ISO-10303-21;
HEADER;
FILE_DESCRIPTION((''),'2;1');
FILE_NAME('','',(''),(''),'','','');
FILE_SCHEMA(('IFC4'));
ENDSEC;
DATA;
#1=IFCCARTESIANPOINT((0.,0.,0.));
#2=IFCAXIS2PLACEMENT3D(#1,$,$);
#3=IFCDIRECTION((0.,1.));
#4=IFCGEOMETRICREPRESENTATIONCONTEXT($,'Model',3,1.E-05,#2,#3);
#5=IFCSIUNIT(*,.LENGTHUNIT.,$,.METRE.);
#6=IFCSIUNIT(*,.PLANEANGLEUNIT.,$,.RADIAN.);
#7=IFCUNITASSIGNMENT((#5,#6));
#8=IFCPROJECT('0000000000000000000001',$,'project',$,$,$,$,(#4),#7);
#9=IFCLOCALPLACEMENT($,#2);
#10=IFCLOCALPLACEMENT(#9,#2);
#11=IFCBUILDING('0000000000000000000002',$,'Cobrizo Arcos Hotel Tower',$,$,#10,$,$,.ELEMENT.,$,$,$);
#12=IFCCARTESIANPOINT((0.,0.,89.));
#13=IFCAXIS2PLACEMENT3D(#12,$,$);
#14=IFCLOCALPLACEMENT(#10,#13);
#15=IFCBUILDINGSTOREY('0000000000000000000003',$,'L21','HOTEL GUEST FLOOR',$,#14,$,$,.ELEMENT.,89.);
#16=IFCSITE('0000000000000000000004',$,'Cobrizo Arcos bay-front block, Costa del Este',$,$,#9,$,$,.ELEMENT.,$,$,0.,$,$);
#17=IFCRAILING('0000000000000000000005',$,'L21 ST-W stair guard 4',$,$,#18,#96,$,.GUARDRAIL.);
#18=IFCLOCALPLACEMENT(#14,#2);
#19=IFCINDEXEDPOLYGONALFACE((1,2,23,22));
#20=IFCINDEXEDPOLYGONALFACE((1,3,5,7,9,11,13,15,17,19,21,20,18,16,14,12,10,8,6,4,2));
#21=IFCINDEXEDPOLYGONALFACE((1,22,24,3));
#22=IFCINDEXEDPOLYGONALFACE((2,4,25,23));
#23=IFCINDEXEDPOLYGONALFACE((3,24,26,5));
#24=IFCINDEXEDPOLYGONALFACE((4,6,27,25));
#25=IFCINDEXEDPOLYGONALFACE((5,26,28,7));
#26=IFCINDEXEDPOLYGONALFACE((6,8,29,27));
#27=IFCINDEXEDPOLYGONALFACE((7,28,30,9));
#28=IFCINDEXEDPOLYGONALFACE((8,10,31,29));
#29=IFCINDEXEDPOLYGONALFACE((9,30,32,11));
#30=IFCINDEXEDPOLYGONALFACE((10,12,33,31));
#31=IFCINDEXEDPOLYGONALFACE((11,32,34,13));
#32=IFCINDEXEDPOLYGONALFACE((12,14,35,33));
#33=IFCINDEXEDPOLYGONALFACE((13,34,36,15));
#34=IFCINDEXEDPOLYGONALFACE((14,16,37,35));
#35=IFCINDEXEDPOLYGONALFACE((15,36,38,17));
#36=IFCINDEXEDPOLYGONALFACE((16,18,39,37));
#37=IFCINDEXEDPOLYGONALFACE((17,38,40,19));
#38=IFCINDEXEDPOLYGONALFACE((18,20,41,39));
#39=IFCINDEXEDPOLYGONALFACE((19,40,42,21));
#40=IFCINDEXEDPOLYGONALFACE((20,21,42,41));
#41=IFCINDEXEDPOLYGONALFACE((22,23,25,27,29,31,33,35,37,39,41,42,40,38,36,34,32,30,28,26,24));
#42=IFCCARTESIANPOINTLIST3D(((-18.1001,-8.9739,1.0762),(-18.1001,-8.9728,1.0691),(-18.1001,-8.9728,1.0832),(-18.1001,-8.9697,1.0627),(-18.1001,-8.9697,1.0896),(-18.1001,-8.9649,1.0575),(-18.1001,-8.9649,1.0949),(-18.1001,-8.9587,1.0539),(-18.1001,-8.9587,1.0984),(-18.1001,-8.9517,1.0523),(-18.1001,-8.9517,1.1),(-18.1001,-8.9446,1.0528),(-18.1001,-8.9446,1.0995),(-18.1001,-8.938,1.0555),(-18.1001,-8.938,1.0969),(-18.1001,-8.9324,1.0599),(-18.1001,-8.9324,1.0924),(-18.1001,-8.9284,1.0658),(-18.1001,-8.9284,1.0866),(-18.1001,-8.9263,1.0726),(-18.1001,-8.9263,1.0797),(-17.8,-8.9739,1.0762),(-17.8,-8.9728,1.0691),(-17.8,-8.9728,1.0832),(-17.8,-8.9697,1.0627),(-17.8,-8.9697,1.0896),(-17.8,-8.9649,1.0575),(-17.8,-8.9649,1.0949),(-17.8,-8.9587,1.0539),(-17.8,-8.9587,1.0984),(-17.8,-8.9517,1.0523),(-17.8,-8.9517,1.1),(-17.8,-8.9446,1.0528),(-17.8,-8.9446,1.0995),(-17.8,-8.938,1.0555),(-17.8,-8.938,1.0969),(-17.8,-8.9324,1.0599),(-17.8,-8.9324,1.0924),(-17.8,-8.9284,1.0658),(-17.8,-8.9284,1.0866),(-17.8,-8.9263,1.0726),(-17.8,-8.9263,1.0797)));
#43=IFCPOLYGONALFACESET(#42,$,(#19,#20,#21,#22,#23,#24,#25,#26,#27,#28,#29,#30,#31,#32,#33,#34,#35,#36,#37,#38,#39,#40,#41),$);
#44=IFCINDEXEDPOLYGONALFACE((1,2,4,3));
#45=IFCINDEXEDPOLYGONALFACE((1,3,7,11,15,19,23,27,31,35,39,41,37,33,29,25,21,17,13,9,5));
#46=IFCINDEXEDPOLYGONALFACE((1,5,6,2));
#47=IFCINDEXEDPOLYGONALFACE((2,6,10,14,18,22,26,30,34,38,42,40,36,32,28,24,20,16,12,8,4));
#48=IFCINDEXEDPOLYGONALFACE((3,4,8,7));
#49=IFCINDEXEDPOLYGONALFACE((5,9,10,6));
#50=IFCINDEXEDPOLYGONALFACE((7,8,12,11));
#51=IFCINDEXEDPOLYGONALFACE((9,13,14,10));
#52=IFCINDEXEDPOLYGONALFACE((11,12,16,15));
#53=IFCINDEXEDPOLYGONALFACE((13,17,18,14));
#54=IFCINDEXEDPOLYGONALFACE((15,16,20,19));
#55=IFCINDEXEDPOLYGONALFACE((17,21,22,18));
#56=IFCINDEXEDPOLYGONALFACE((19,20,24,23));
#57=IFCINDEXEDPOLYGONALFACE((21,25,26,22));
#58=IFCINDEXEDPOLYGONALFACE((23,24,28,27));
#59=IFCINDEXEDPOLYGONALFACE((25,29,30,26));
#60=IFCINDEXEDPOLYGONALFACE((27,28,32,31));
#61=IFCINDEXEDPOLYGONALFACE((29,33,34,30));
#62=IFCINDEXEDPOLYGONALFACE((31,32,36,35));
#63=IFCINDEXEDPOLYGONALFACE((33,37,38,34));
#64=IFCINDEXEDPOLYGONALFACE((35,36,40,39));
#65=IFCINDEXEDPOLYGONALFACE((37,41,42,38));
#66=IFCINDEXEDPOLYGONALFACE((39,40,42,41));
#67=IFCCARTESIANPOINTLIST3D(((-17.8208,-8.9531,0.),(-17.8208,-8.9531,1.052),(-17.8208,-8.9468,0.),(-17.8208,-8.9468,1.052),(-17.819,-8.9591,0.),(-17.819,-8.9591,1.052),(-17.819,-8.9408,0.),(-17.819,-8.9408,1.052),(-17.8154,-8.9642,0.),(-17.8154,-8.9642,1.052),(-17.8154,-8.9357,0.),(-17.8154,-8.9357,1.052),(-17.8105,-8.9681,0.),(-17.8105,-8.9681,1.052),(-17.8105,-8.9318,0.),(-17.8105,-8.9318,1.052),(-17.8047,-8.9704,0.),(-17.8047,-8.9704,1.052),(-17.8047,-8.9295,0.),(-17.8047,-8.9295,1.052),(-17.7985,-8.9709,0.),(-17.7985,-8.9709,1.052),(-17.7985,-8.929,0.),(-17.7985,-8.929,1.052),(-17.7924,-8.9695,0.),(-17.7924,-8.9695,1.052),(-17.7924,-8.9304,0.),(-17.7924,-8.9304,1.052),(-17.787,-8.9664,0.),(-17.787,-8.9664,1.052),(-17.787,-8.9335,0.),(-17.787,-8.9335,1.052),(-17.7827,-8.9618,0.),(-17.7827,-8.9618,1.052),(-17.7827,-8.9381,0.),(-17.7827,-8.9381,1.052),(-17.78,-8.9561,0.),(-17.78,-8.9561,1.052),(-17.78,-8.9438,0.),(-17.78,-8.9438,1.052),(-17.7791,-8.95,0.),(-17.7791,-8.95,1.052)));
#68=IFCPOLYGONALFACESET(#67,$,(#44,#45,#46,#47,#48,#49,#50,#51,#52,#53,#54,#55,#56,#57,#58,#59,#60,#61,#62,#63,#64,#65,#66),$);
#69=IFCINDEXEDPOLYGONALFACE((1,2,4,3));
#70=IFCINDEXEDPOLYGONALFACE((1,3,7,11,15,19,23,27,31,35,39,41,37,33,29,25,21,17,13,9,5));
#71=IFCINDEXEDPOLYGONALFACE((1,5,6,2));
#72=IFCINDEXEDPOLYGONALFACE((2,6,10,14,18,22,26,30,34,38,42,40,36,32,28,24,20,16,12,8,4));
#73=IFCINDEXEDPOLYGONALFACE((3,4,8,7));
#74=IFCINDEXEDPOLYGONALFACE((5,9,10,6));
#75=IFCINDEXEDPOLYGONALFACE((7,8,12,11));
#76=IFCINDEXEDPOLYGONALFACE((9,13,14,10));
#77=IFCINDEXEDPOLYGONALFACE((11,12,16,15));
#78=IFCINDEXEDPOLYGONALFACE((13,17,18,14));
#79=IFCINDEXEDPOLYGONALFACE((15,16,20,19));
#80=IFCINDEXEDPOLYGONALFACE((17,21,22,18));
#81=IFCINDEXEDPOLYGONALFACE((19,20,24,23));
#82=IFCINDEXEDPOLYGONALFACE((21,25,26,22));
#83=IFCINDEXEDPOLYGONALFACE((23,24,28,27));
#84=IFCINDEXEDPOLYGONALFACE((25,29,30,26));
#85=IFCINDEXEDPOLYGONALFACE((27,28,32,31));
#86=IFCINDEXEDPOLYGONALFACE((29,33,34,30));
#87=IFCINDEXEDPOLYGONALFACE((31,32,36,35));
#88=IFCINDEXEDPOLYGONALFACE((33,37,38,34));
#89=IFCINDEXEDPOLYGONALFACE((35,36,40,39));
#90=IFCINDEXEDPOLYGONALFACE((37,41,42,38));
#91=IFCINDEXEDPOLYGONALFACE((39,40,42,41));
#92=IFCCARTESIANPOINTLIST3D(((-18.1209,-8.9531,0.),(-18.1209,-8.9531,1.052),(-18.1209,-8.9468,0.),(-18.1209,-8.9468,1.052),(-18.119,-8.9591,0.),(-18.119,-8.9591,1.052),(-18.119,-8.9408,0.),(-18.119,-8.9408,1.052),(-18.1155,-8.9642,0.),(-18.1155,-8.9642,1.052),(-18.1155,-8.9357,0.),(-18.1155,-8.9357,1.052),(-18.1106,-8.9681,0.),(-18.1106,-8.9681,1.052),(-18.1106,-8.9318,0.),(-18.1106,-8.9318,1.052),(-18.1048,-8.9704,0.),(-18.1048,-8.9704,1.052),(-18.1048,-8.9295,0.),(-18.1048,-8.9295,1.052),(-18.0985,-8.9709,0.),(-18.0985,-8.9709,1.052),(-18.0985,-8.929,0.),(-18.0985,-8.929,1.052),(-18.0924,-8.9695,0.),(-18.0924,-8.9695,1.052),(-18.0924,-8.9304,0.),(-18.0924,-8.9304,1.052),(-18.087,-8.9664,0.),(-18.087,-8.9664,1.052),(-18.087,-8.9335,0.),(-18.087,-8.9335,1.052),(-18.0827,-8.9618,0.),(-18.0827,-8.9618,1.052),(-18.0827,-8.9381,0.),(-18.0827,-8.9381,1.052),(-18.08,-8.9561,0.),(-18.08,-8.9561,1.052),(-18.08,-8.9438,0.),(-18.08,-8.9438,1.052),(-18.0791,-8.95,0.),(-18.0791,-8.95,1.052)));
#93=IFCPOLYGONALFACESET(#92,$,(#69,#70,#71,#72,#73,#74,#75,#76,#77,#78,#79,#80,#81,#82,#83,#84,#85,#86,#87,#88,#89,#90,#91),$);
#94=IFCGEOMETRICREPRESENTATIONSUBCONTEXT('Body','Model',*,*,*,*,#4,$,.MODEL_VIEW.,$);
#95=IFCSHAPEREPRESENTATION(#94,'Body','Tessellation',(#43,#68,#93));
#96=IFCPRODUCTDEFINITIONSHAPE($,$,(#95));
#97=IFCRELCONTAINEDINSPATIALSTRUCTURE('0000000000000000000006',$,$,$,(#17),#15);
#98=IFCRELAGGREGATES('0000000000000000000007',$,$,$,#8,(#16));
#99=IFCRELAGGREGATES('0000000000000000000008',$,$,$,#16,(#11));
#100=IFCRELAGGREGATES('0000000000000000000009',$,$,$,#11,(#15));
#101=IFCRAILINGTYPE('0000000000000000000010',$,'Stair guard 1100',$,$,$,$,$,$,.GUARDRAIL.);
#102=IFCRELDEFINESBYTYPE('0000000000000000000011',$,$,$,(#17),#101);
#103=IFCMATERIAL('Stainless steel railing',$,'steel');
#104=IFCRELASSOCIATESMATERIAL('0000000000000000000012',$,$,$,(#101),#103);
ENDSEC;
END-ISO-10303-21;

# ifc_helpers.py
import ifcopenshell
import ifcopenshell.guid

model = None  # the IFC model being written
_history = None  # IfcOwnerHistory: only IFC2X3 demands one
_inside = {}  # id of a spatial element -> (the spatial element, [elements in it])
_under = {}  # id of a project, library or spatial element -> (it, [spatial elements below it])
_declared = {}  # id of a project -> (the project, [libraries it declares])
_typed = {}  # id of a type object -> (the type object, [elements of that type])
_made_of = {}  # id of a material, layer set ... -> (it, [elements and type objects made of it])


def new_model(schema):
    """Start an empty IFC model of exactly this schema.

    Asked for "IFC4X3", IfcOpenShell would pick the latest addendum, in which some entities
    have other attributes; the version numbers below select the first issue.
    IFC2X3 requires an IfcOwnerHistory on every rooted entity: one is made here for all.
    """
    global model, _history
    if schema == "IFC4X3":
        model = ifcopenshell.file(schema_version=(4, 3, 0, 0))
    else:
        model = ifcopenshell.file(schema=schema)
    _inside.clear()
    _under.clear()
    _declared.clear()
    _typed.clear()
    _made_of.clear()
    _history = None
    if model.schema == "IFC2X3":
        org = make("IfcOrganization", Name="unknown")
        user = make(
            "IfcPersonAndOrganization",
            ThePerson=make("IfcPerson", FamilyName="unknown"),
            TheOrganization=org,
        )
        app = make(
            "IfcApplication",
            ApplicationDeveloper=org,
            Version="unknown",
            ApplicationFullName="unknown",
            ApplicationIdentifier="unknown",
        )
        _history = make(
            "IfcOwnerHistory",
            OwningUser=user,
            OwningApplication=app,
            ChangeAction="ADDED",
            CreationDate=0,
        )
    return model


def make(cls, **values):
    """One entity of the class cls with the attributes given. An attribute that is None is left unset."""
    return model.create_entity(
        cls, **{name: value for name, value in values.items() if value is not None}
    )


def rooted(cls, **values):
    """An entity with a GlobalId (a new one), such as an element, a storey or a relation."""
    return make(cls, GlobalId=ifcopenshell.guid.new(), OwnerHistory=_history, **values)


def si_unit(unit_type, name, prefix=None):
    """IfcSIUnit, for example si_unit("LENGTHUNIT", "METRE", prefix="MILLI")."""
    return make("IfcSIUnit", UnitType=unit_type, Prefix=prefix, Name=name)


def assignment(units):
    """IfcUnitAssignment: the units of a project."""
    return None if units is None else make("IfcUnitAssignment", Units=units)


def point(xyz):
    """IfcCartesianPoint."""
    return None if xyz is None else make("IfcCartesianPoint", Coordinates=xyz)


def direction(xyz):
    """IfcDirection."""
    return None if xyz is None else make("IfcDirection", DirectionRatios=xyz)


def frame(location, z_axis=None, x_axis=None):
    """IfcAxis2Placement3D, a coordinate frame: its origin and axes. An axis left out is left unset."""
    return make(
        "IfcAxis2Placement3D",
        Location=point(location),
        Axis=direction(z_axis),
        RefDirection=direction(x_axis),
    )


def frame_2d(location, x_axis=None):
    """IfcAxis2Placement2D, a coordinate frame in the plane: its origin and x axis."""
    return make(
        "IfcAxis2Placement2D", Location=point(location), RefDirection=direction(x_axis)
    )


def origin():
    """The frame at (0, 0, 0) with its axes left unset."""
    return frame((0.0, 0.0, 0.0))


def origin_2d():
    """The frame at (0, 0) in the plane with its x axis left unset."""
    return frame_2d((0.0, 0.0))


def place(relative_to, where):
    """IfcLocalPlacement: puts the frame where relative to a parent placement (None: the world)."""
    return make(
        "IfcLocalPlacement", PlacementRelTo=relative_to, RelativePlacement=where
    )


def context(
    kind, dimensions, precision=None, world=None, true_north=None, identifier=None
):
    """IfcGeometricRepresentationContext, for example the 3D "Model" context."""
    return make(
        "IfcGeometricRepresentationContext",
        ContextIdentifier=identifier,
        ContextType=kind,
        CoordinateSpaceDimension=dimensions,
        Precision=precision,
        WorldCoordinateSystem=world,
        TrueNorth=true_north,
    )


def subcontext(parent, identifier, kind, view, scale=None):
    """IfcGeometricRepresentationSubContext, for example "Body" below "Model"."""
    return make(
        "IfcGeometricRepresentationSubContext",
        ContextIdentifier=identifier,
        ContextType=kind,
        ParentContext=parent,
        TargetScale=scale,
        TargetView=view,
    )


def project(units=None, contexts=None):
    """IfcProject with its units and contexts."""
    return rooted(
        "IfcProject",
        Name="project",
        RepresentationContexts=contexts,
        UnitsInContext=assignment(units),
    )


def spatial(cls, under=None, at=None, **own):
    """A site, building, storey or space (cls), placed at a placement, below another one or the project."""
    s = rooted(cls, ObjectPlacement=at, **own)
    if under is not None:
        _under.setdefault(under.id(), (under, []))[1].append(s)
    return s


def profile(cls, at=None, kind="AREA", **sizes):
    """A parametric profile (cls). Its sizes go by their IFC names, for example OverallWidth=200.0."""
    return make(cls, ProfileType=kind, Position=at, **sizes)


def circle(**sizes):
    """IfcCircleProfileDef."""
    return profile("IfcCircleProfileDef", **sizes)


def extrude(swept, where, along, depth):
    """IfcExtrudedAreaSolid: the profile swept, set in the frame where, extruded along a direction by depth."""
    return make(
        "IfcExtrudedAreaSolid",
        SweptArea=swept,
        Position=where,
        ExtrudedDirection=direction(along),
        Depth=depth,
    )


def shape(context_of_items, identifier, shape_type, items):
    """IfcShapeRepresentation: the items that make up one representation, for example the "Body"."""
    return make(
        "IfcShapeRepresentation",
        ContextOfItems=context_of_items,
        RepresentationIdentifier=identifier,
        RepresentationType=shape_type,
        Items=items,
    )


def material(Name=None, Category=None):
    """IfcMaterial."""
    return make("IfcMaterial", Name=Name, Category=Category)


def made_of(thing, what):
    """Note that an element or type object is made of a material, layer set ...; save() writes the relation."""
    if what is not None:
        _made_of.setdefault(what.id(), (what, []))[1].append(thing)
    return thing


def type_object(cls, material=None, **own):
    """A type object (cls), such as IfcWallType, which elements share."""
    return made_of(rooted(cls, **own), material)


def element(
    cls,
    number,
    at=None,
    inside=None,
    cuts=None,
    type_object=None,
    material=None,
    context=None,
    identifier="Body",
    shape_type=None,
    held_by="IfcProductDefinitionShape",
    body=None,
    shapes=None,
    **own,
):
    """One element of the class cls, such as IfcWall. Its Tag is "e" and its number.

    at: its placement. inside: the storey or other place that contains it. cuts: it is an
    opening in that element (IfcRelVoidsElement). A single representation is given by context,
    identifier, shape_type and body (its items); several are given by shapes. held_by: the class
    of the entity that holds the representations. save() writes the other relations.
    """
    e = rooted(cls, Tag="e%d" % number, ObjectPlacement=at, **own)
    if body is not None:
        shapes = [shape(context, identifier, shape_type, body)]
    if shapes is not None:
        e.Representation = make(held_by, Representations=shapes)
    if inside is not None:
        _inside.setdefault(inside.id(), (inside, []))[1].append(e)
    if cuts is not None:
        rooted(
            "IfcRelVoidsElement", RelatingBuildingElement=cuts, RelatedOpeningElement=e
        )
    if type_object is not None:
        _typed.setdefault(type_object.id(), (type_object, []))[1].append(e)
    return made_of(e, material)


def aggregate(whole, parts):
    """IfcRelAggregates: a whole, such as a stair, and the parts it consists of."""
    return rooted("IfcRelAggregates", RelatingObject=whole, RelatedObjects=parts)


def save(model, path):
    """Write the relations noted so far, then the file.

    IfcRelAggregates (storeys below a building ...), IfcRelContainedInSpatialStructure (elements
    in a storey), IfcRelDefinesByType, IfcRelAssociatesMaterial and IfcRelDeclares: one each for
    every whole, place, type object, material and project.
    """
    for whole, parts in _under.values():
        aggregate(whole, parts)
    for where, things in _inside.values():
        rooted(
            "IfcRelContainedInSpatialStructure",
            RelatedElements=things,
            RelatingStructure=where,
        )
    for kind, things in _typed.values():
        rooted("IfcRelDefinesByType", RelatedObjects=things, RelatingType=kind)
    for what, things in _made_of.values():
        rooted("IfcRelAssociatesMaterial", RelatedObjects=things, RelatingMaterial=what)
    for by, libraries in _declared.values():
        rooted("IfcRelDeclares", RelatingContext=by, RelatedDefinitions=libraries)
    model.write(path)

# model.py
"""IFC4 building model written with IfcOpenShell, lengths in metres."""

from ifc_helpers import new_model, si_unit, direction, frame, origin, origin_2d, place, context, subcontext, project, spatial, circle, extrude, material, type_object, element, save


model = new_model("IFC4")

# Units and contexts
model_context = context("Model", 3, precision=1e-05, world=origin(), true_north=direction((0.0, 1.0)))
body_context = subcontext(model_context, "Body", "Model", "MODEL_VIEW")
ifc_project = project(units=[si_unit("LENGTHUNIT", "METRE"), si_unit("PLANEANGLEUNIT", "RADIAN")], contexts=[model_context])

# Site, building, storey
site_placement = place(None, origin())
site = spatial("IfcSite", under=ifc_project, at=site_placement, Name="Cobrizo Arcos bay-front block, Costa del Este", CompositionType="ELEMENT", RefElevation=0.0)
building_placement = place(site_placement, origin())
building = spatial("IfcBuilding", under=site, at=building_placement, Name="Cobrizo Arcos Hotel Tower", CompositionType="ELEMENT")
storey_placement = place(building_placement, frame((0.0, 0.0, 89.0)))
storey = spatial("IfcBuildingStorey", under=building, at=storey_placement, Name="L21", Description="HOTEL GUEST FLOOR", CompositionType="ELEMENT", Elevation=89.0)

# Railing
ifc_material_1 = material(Name="Stainless steel railing", Category="steel")
railing_type_1 = type_object("IfcRailingType", Name="Stair guard 1100", PredefinedType="GUARDRAIL", material=ifc_material_1)
railing_1_placement = place(storey_placement, frame((-17.8, -8.95, 0.0)))
element("IfcRailing", 1, at=railing_1_placement, inside=storey, type_object=railing_type_1, Name="L21 ST-W stair guard 4", PredefinedType="GUARDRAIL", context=body_context, shape_type="SweptSolid", body=[
    extrude(circle(Radius=0.0239, at=origin_2d()), frame((0.0, 0.0, 1.0762), z_axis=(-1.0, 0.0, 0.0), x_axis=(0.0, -1.0, 0.0)), (0.0, 0.0, 1.0), 0.3),
    extrude(circle(Radius=0.021, at=origin_2d()), origin(), (0.0, 0.0, 1.0), 1.052),
    extrude(circle(Radius=0.021, at=origin_2d()), frame((-0.3, 0.0, 0.0)), (0.0, 0.0, 1.0), 1.052),
])

save(model, "model.ifc")
